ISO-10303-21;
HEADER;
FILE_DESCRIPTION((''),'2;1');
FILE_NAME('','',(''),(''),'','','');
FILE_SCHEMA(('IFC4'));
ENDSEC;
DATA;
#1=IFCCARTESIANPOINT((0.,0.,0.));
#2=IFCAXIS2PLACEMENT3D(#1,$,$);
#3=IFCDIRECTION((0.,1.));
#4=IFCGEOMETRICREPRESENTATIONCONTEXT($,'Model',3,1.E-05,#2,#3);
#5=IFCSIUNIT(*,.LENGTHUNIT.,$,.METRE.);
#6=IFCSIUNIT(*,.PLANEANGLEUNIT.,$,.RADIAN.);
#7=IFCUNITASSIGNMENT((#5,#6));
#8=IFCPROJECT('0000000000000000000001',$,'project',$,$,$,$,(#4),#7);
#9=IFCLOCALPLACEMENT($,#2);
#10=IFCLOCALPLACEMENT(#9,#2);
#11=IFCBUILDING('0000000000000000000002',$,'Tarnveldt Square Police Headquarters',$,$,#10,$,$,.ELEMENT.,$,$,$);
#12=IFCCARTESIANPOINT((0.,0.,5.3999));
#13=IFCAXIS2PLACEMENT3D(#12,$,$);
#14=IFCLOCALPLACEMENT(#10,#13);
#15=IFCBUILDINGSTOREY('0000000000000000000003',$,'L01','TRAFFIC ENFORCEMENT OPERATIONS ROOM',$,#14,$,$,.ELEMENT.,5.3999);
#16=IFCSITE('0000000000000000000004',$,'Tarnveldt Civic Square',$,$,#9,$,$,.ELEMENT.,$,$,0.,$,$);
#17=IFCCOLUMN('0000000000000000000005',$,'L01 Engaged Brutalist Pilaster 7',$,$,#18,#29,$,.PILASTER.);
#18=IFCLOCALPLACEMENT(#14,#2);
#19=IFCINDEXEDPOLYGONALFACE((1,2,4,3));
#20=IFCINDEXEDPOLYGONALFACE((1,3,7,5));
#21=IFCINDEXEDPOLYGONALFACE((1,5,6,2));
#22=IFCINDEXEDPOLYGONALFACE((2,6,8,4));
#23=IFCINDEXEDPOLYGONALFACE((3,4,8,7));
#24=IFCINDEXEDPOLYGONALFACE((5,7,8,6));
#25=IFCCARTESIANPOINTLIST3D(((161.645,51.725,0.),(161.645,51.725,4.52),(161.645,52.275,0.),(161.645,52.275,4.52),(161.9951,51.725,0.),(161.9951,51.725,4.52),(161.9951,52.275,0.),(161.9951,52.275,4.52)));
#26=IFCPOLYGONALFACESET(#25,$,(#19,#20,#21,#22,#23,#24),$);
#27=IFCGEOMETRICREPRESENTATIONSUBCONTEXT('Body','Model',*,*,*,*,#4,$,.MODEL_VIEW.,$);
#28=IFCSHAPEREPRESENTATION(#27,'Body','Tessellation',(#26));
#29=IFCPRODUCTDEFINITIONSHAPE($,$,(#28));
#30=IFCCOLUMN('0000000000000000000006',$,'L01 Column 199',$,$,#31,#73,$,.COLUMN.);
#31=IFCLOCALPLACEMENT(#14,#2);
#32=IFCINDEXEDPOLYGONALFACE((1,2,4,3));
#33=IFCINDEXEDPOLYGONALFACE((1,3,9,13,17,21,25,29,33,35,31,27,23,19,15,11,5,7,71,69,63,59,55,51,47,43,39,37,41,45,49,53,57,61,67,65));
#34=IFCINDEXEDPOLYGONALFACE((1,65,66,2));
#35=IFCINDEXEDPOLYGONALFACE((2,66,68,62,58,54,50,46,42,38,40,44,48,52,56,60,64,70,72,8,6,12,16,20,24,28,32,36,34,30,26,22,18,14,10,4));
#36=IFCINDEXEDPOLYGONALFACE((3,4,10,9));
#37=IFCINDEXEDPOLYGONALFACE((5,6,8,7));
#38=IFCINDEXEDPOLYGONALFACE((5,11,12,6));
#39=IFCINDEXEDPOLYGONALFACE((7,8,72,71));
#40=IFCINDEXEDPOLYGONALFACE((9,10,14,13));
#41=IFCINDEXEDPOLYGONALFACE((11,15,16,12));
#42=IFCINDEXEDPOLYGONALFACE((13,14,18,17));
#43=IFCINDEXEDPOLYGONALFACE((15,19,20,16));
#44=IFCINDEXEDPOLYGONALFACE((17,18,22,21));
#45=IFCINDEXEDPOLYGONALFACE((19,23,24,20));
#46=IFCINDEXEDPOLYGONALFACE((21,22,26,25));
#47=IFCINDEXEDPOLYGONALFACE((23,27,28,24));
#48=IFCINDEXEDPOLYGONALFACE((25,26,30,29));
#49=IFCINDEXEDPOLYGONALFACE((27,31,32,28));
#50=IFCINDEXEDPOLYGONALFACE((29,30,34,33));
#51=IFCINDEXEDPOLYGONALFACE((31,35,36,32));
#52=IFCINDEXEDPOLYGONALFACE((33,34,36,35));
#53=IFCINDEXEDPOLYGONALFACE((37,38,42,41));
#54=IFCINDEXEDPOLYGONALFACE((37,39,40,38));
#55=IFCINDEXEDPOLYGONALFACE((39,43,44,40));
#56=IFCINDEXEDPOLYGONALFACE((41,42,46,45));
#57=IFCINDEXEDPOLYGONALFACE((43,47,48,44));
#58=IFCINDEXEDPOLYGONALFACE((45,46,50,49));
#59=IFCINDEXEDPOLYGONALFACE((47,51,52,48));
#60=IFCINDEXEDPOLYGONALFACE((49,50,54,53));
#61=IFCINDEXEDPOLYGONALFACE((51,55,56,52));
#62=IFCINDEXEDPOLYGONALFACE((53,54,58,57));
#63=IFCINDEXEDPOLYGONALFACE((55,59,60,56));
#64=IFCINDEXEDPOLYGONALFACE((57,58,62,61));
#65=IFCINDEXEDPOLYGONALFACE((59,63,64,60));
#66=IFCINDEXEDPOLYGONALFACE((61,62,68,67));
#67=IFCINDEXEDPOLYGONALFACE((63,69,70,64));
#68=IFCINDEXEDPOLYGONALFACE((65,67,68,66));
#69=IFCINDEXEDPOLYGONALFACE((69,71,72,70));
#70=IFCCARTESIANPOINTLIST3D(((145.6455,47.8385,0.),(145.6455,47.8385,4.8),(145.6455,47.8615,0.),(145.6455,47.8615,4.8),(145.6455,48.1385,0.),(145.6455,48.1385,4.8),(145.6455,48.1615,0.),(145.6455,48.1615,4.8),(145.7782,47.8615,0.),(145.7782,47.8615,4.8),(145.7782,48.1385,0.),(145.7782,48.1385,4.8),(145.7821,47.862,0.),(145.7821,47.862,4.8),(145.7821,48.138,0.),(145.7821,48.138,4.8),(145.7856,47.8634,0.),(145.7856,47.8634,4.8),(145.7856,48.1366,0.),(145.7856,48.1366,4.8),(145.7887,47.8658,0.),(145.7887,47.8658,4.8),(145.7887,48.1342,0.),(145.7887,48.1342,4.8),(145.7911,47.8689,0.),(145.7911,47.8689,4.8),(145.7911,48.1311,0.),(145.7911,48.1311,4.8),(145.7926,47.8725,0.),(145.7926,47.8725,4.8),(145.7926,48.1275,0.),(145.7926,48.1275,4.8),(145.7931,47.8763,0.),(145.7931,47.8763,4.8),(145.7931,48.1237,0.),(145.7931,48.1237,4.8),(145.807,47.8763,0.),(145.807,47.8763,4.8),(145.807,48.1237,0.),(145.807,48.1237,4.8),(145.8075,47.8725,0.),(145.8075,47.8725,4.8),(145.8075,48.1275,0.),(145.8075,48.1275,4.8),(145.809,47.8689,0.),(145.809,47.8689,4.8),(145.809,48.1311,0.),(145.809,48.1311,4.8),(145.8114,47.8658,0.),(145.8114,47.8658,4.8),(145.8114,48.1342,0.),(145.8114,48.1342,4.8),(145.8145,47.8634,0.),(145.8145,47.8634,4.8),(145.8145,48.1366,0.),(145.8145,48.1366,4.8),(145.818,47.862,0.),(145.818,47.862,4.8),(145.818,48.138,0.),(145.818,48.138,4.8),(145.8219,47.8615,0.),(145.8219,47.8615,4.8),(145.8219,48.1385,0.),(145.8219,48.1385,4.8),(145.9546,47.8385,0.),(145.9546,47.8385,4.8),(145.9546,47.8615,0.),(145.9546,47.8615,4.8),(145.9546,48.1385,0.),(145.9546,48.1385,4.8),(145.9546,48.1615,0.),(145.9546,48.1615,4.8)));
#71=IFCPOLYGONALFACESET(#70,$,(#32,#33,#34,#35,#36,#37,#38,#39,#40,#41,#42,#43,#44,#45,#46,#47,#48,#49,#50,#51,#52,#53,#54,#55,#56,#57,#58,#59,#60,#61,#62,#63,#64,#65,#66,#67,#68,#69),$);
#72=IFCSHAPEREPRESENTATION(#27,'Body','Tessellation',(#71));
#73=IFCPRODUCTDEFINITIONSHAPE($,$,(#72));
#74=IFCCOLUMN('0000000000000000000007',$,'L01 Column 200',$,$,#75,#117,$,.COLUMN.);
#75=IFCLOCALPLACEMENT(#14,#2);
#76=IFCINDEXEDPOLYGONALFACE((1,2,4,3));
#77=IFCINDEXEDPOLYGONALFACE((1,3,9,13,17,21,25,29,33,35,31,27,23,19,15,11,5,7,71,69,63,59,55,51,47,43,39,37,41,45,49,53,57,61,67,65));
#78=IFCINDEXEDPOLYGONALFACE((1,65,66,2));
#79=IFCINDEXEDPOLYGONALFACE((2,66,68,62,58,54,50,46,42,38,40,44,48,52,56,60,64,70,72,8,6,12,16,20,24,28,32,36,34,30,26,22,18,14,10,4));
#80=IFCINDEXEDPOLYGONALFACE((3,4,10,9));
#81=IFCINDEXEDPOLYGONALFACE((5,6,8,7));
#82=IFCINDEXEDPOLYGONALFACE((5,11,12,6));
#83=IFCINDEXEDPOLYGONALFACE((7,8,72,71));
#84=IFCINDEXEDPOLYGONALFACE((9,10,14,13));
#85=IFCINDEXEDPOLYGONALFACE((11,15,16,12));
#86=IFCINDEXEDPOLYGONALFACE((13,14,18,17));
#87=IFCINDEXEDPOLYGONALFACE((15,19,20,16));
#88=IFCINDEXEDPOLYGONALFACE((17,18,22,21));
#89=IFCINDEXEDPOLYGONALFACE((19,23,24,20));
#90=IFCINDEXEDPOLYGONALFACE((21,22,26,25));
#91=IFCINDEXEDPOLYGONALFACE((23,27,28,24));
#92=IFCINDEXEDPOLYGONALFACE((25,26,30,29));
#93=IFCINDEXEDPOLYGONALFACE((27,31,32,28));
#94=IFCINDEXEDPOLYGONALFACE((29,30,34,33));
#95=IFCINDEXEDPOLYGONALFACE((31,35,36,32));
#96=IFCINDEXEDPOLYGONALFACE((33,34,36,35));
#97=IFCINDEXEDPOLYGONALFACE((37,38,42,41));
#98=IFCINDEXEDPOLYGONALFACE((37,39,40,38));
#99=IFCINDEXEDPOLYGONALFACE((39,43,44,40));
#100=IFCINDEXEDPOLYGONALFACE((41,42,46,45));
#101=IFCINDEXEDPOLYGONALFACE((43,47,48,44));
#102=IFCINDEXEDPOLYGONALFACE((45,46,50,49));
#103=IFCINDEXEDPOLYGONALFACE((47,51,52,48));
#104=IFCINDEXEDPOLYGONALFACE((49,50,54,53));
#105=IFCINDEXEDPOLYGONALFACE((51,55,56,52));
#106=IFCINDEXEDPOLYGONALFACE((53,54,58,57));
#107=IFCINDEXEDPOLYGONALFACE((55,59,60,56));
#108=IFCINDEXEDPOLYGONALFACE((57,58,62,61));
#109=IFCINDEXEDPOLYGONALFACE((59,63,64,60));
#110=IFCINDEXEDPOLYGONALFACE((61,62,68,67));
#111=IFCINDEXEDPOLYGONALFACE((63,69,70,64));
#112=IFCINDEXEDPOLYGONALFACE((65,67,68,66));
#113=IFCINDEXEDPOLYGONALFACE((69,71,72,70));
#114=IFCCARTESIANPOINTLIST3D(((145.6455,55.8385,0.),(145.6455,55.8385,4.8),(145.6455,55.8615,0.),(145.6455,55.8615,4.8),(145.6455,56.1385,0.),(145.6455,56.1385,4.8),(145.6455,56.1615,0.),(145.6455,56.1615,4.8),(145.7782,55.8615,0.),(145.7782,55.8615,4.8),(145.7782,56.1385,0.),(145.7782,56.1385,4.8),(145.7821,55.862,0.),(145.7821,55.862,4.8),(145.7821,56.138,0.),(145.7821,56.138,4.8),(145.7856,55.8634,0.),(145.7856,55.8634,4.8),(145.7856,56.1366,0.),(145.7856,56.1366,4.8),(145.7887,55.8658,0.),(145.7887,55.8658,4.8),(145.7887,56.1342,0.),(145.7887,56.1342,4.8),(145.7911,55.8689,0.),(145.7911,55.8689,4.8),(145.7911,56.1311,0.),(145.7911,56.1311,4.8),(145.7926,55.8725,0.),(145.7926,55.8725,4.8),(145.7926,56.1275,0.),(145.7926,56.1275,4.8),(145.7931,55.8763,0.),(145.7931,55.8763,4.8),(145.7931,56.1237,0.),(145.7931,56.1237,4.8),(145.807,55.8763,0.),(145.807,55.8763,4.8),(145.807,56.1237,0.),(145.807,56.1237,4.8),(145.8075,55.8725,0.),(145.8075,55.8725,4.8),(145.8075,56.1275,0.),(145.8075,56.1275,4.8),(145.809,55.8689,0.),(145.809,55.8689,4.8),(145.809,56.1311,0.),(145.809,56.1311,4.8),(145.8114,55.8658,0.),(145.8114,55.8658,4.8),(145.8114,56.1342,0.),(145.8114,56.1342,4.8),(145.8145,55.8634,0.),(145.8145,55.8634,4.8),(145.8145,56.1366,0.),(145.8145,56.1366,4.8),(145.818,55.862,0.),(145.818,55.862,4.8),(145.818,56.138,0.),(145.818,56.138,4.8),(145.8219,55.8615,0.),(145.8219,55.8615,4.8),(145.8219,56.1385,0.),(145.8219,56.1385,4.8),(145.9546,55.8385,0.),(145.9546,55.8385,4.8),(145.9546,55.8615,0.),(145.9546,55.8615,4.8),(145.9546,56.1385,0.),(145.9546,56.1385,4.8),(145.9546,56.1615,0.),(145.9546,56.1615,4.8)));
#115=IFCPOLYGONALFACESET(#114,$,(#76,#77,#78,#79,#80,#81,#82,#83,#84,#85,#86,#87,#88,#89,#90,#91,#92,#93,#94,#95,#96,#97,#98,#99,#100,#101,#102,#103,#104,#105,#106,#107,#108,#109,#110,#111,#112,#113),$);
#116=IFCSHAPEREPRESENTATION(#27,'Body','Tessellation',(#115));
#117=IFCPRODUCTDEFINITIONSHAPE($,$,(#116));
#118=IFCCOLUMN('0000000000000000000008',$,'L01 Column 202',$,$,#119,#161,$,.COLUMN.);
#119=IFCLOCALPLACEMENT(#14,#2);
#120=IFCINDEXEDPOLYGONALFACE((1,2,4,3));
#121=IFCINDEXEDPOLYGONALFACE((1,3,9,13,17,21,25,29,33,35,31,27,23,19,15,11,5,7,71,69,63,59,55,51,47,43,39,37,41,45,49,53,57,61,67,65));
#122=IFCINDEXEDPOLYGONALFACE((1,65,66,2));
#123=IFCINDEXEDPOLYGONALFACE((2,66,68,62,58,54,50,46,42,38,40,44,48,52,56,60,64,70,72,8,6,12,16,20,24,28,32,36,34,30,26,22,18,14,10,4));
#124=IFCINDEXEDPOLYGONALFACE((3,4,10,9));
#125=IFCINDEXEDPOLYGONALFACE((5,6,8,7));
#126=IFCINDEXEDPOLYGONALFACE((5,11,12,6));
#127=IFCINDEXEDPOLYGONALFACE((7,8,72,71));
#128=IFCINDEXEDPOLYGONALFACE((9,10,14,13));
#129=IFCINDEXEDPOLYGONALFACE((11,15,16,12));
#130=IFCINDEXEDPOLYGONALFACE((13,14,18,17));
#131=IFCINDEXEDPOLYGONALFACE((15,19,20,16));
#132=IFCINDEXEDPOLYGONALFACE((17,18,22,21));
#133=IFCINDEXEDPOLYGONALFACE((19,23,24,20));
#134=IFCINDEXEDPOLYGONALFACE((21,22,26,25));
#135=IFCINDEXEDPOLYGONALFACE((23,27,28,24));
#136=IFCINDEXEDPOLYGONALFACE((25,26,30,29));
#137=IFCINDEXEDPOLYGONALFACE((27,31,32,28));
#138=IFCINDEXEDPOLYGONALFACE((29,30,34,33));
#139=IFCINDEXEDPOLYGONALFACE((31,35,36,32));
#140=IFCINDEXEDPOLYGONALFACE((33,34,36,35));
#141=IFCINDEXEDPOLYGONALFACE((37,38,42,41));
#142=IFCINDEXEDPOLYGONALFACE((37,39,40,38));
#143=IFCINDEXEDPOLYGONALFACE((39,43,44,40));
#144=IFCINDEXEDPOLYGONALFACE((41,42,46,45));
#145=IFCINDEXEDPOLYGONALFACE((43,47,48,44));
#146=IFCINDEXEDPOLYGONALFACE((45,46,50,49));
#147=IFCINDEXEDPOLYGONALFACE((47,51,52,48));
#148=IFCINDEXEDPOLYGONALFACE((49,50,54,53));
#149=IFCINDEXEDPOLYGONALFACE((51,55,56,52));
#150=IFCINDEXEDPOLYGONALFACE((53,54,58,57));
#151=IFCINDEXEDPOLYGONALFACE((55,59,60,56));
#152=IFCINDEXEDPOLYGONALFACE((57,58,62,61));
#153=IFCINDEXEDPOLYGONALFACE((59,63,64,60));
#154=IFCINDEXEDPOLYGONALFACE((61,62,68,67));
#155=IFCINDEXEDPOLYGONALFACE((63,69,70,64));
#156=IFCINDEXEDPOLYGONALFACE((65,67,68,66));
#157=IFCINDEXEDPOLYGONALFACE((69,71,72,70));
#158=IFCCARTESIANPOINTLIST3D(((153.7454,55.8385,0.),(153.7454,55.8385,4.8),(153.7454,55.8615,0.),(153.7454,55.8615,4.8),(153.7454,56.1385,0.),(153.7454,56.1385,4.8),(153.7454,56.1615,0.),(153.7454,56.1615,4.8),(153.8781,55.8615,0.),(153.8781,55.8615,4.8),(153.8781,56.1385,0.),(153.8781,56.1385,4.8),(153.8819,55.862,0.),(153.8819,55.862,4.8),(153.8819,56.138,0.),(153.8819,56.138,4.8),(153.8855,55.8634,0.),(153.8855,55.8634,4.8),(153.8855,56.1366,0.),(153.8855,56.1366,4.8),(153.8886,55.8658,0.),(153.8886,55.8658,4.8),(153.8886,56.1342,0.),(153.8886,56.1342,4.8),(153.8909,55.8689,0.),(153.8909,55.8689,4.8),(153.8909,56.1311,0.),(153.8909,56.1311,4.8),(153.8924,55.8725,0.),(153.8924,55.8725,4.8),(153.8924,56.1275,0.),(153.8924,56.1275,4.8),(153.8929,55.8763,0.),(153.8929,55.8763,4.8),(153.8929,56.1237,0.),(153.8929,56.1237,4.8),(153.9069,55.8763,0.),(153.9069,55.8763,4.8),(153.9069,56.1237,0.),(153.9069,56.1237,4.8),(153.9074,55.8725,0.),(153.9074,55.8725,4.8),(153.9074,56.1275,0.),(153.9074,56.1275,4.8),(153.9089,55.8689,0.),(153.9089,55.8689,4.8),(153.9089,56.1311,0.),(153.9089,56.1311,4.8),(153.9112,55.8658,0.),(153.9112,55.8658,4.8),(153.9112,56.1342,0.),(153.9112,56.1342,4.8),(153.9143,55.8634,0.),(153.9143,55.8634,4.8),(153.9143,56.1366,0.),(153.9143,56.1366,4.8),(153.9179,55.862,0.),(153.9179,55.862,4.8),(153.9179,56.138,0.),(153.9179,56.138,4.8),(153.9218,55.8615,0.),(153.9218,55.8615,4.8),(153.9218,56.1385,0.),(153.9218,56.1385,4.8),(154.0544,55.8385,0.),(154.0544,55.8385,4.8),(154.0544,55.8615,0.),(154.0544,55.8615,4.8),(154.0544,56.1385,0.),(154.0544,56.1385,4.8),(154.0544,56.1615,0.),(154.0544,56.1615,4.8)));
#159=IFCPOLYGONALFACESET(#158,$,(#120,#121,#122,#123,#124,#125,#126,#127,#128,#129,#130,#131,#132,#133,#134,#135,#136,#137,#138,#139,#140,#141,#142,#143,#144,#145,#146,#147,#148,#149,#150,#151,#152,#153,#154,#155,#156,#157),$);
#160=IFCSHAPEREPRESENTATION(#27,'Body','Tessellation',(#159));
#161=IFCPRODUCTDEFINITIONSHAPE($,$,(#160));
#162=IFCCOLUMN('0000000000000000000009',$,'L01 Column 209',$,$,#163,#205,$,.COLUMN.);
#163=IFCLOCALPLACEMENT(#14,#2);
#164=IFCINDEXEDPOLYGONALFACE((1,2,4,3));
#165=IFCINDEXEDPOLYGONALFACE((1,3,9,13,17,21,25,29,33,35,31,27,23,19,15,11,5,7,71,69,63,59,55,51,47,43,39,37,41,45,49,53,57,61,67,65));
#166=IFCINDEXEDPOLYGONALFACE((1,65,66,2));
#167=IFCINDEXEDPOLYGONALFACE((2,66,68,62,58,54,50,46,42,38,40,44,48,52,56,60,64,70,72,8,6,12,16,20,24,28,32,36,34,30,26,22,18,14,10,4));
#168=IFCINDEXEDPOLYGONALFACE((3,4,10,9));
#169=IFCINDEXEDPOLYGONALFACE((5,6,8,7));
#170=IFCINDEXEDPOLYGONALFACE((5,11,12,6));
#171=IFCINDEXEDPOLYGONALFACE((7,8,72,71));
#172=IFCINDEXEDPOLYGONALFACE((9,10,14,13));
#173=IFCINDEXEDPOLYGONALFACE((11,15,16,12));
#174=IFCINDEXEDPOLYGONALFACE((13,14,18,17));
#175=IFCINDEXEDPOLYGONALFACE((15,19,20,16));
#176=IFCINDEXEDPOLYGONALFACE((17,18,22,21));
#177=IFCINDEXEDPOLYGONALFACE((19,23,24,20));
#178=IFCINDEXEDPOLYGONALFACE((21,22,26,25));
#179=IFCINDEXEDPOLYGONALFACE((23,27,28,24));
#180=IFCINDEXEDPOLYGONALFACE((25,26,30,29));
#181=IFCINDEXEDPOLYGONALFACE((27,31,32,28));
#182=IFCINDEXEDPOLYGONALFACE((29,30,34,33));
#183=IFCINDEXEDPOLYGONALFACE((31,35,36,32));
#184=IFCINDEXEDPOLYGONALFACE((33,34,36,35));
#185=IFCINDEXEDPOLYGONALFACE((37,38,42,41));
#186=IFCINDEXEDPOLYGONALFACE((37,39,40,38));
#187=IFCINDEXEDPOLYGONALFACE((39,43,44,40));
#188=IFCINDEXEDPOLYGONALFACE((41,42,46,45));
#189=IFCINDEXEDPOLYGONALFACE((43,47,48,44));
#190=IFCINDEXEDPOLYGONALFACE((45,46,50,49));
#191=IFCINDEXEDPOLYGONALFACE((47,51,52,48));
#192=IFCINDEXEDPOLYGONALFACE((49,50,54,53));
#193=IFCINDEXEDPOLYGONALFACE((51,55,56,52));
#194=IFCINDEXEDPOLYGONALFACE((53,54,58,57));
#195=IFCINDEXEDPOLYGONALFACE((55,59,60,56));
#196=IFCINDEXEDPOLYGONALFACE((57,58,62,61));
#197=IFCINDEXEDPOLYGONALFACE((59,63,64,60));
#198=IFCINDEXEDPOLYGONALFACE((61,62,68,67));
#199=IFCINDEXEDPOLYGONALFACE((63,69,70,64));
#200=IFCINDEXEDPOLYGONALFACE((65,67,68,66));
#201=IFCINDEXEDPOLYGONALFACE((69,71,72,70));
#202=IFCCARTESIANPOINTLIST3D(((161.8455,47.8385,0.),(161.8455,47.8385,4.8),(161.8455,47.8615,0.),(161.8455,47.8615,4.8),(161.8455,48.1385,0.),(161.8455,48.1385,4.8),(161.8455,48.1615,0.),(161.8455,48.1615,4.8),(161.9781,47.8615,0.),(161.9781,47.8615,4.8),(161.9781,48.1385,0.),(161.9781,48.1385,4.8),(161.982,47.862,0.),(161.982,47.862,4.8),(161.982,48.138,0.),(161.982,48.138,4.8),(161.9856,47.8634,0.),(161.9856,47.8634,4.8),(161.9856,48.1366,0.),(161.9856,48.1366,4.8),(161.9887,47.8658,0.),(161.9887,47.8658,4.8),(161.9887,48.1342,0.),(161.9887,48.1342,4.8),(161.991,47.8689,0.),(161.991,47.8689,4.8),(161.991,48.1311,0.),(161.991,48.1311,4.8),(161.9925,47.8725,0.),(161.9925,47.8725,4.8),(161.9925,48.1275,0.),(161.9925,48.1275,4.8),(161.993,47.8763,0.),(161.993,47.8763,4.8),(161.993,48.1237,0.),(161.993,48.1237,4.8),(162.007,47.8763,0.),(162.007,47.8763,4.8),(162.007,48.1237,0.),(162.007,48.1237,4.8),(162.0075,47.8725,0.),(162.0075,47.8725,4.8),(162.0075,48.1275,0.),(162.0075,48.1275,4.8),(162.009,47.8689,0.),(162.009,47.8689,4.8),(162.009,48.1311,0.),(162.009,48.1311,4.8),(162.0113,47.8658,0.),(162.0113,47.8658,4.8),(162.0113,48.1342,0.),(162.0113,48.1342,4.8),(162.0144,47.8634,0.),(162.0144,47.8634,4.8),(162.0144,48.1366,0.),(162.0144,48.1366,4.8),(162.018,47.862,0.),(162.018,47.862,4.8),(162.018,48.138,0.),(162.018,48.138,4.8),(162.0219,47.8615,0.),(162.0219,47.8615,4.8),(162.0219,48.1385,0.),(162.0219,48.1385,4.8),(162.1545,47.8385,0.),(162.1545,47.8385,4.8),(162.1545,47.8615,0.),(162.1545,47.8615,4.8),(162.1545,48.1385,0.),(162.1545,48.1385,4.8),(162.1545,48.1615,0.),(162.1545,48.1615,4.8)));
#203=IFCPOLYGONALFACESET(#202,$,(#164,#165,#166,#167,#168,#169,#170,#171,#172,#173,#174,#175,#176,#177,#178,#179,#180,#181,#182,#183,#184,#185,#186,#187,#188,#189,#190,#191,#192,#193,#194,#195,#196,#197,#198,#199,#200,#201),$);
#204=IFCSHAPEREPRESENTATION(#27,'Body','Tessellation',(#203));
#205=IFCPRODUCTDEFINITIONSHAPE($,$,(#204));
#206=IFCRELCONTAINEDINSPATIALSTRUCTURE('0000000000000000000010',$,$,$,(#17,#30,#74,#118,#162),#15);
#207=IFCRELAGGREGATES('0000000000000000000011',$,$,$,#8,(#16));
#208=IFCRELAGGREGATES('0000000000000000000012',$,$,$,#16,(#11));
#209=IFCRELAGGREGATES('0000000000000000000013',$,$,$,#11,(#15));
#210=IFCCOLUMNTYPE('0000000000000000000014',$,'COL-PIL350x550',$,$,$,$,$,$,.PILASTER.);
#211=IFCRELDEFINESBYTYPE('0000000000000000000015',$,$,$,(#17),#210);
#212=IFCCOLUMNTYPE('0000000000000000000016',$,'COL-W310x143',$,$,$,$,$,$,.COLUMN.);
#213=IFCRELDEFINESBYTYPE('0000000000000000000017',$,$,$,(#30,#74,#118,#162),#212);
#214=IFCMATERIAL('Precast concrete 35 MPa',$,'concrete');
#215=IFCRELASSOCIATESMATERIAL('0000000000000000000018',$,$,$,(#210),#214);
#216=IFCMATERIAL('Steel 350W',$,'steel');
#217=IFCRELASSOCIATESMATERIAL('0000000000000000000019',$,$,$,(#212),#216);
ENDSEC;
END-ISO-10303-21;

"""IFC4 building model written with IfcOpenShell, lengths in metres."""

from ifc_helpers import new_model, si_unit, direction, frame, origin, origin_2d, place, context, subcontext, project, spatial, rectangle, i_section, extrude, material, material_profile, profile_set, type_object, element, save


model = new_model("IFC4")

# Units and contexts
model_context = context("Model", 3, precision=1e-05, world=origin(), true_north=direction((0.0, 1.0)))
body_context = subcontext(model_context, "Body", "Model", "MODEL_VIEW")
ifc_project = project(units=[si_unit("LENGTHUNIT", "METRE"), si_unit("PLANEANGLEUNIT", "RADIAN")], contexts=[model_context])

# Site, building, storey
site_placement = place(None, origin())
site = spatial("IfcSite", under=ifc_project, at=site_placement, Name="Tarnveldt Civic Square", CompositionType="ELEMENT", RefElevation=0.0)
building_placement = place(site_placement, origin())
building = spatial("IfcBuilding", under=site, at=building_placement, Name="Tarnveldt Square Police Headquarters", CompositionType="ELEMENT")
storey_placement = place(building_placement, frame((0.0, 0.0, 5.3999)))
storey = spatial("IfcBuildingStorey", under=building, at=storey_placement, Name="L01", Description="TRAFFIC ENFORCEMENT OPERATIONS ROOM", CompositionType="ELEMENT", Elevation=5.3999)

# Columns
ifc_material_1 = material(Name="Precast concrete 35 MPa", Category="concrete")
ifc_material_profile_1 = material_profile(ifc_material_1, rectangle(XDim=0.3501, YDim=0.55, at=origin_2d()), Name="RC-PIL350x550")
ifc_profile_set_1 = profile_set([ifc_material_profile_1], Name="Precast concrete 35 MPa")
column_type_1 = type_object("IfcColumnType", Name="COL-PIL350x550", PredefinedType="PILASTER", material=ifc_profile_set_1)
column_placement = place(storey_placement, frame((161.8201, 52.0, 0.0), z_axis=(0.0, 0.0, 1.0), x_axis=(1.0, 0.0, 0.0)))
element("IfcColumn", 1, at=column_placement, inside=storey, type_object=column_type_1, Name="L01 Engaged Brutalist Pilaster 7", PredefinedType="PILASTER", context=body_context, shape_type="SweptSolid", body=[
    extrude(rectangle(XDim=0.3501, YDim=0.55, at=origin_2d()), origin(), (0.0, 0.0, 1.0), 4.52),
])
ifc_material_2 = material(Name="Steel 350W", Category="steel")
ifc_material_profile_2 = material_profile(ifc_material_2, i_section(OverallWidth=0.3091, OverallDepth=0.323, WebThickness=0.0139, FlangeThickness=0.0229, FilletRadius=0.0149, at=origin_2d()), Name="W310x143")
ifc_profile_set_2 = profile_set([ifc_material_profile_2], Name="Steel 350W")
column_type_2 = type_object("IfcColumnType", Name="COL-W310x143", PredefinedType="COLUMN", material=ifc_profile_set_2)
for number, where, z_axis, x_axis, name in (
    (2, (145.8, 48.0, 0.0), (0.0, 0.0, 1.0), (1.0, 0.0, 0.0), "L01 Column 199"),
    (3, (145.8, 56.0, 0.0), (0.0, 0.0, 1.0), (1.0, 0.0, 0.0), "L01 Column 200"),
    (4, (153.8999, 56.0, 0.0), (0.0, 0.0, 1.0), (1.0, 0.0, 0.0), "L01 Column 202"),
    (5, (162.0, 48.0, 0.0), (0.0, 0.0, 1.0), (1.0, 0.0, 0.0), "L01 Column 209"),
):
    element("IfcColumn", number, at=place(storey_placement, frame(where, z_axis=z_axis, x_axis=x_axis)), inside=storey, type_object=column_type_2, Name=name, PredefinedType="COLUMN", context=body_context, shape_type="SweptSolid", body=[
        extrude(i_section(OverallWidth=0.3091, OverallDepth=0.323, WebThickness=0.0139, FlangeThickness=0.0229, FilletRadius=0.0149, at=origin_2d()), origin(), (0.0, 0.0, 1.0), 4.8),
    ])

save(model, "model.ifc")
